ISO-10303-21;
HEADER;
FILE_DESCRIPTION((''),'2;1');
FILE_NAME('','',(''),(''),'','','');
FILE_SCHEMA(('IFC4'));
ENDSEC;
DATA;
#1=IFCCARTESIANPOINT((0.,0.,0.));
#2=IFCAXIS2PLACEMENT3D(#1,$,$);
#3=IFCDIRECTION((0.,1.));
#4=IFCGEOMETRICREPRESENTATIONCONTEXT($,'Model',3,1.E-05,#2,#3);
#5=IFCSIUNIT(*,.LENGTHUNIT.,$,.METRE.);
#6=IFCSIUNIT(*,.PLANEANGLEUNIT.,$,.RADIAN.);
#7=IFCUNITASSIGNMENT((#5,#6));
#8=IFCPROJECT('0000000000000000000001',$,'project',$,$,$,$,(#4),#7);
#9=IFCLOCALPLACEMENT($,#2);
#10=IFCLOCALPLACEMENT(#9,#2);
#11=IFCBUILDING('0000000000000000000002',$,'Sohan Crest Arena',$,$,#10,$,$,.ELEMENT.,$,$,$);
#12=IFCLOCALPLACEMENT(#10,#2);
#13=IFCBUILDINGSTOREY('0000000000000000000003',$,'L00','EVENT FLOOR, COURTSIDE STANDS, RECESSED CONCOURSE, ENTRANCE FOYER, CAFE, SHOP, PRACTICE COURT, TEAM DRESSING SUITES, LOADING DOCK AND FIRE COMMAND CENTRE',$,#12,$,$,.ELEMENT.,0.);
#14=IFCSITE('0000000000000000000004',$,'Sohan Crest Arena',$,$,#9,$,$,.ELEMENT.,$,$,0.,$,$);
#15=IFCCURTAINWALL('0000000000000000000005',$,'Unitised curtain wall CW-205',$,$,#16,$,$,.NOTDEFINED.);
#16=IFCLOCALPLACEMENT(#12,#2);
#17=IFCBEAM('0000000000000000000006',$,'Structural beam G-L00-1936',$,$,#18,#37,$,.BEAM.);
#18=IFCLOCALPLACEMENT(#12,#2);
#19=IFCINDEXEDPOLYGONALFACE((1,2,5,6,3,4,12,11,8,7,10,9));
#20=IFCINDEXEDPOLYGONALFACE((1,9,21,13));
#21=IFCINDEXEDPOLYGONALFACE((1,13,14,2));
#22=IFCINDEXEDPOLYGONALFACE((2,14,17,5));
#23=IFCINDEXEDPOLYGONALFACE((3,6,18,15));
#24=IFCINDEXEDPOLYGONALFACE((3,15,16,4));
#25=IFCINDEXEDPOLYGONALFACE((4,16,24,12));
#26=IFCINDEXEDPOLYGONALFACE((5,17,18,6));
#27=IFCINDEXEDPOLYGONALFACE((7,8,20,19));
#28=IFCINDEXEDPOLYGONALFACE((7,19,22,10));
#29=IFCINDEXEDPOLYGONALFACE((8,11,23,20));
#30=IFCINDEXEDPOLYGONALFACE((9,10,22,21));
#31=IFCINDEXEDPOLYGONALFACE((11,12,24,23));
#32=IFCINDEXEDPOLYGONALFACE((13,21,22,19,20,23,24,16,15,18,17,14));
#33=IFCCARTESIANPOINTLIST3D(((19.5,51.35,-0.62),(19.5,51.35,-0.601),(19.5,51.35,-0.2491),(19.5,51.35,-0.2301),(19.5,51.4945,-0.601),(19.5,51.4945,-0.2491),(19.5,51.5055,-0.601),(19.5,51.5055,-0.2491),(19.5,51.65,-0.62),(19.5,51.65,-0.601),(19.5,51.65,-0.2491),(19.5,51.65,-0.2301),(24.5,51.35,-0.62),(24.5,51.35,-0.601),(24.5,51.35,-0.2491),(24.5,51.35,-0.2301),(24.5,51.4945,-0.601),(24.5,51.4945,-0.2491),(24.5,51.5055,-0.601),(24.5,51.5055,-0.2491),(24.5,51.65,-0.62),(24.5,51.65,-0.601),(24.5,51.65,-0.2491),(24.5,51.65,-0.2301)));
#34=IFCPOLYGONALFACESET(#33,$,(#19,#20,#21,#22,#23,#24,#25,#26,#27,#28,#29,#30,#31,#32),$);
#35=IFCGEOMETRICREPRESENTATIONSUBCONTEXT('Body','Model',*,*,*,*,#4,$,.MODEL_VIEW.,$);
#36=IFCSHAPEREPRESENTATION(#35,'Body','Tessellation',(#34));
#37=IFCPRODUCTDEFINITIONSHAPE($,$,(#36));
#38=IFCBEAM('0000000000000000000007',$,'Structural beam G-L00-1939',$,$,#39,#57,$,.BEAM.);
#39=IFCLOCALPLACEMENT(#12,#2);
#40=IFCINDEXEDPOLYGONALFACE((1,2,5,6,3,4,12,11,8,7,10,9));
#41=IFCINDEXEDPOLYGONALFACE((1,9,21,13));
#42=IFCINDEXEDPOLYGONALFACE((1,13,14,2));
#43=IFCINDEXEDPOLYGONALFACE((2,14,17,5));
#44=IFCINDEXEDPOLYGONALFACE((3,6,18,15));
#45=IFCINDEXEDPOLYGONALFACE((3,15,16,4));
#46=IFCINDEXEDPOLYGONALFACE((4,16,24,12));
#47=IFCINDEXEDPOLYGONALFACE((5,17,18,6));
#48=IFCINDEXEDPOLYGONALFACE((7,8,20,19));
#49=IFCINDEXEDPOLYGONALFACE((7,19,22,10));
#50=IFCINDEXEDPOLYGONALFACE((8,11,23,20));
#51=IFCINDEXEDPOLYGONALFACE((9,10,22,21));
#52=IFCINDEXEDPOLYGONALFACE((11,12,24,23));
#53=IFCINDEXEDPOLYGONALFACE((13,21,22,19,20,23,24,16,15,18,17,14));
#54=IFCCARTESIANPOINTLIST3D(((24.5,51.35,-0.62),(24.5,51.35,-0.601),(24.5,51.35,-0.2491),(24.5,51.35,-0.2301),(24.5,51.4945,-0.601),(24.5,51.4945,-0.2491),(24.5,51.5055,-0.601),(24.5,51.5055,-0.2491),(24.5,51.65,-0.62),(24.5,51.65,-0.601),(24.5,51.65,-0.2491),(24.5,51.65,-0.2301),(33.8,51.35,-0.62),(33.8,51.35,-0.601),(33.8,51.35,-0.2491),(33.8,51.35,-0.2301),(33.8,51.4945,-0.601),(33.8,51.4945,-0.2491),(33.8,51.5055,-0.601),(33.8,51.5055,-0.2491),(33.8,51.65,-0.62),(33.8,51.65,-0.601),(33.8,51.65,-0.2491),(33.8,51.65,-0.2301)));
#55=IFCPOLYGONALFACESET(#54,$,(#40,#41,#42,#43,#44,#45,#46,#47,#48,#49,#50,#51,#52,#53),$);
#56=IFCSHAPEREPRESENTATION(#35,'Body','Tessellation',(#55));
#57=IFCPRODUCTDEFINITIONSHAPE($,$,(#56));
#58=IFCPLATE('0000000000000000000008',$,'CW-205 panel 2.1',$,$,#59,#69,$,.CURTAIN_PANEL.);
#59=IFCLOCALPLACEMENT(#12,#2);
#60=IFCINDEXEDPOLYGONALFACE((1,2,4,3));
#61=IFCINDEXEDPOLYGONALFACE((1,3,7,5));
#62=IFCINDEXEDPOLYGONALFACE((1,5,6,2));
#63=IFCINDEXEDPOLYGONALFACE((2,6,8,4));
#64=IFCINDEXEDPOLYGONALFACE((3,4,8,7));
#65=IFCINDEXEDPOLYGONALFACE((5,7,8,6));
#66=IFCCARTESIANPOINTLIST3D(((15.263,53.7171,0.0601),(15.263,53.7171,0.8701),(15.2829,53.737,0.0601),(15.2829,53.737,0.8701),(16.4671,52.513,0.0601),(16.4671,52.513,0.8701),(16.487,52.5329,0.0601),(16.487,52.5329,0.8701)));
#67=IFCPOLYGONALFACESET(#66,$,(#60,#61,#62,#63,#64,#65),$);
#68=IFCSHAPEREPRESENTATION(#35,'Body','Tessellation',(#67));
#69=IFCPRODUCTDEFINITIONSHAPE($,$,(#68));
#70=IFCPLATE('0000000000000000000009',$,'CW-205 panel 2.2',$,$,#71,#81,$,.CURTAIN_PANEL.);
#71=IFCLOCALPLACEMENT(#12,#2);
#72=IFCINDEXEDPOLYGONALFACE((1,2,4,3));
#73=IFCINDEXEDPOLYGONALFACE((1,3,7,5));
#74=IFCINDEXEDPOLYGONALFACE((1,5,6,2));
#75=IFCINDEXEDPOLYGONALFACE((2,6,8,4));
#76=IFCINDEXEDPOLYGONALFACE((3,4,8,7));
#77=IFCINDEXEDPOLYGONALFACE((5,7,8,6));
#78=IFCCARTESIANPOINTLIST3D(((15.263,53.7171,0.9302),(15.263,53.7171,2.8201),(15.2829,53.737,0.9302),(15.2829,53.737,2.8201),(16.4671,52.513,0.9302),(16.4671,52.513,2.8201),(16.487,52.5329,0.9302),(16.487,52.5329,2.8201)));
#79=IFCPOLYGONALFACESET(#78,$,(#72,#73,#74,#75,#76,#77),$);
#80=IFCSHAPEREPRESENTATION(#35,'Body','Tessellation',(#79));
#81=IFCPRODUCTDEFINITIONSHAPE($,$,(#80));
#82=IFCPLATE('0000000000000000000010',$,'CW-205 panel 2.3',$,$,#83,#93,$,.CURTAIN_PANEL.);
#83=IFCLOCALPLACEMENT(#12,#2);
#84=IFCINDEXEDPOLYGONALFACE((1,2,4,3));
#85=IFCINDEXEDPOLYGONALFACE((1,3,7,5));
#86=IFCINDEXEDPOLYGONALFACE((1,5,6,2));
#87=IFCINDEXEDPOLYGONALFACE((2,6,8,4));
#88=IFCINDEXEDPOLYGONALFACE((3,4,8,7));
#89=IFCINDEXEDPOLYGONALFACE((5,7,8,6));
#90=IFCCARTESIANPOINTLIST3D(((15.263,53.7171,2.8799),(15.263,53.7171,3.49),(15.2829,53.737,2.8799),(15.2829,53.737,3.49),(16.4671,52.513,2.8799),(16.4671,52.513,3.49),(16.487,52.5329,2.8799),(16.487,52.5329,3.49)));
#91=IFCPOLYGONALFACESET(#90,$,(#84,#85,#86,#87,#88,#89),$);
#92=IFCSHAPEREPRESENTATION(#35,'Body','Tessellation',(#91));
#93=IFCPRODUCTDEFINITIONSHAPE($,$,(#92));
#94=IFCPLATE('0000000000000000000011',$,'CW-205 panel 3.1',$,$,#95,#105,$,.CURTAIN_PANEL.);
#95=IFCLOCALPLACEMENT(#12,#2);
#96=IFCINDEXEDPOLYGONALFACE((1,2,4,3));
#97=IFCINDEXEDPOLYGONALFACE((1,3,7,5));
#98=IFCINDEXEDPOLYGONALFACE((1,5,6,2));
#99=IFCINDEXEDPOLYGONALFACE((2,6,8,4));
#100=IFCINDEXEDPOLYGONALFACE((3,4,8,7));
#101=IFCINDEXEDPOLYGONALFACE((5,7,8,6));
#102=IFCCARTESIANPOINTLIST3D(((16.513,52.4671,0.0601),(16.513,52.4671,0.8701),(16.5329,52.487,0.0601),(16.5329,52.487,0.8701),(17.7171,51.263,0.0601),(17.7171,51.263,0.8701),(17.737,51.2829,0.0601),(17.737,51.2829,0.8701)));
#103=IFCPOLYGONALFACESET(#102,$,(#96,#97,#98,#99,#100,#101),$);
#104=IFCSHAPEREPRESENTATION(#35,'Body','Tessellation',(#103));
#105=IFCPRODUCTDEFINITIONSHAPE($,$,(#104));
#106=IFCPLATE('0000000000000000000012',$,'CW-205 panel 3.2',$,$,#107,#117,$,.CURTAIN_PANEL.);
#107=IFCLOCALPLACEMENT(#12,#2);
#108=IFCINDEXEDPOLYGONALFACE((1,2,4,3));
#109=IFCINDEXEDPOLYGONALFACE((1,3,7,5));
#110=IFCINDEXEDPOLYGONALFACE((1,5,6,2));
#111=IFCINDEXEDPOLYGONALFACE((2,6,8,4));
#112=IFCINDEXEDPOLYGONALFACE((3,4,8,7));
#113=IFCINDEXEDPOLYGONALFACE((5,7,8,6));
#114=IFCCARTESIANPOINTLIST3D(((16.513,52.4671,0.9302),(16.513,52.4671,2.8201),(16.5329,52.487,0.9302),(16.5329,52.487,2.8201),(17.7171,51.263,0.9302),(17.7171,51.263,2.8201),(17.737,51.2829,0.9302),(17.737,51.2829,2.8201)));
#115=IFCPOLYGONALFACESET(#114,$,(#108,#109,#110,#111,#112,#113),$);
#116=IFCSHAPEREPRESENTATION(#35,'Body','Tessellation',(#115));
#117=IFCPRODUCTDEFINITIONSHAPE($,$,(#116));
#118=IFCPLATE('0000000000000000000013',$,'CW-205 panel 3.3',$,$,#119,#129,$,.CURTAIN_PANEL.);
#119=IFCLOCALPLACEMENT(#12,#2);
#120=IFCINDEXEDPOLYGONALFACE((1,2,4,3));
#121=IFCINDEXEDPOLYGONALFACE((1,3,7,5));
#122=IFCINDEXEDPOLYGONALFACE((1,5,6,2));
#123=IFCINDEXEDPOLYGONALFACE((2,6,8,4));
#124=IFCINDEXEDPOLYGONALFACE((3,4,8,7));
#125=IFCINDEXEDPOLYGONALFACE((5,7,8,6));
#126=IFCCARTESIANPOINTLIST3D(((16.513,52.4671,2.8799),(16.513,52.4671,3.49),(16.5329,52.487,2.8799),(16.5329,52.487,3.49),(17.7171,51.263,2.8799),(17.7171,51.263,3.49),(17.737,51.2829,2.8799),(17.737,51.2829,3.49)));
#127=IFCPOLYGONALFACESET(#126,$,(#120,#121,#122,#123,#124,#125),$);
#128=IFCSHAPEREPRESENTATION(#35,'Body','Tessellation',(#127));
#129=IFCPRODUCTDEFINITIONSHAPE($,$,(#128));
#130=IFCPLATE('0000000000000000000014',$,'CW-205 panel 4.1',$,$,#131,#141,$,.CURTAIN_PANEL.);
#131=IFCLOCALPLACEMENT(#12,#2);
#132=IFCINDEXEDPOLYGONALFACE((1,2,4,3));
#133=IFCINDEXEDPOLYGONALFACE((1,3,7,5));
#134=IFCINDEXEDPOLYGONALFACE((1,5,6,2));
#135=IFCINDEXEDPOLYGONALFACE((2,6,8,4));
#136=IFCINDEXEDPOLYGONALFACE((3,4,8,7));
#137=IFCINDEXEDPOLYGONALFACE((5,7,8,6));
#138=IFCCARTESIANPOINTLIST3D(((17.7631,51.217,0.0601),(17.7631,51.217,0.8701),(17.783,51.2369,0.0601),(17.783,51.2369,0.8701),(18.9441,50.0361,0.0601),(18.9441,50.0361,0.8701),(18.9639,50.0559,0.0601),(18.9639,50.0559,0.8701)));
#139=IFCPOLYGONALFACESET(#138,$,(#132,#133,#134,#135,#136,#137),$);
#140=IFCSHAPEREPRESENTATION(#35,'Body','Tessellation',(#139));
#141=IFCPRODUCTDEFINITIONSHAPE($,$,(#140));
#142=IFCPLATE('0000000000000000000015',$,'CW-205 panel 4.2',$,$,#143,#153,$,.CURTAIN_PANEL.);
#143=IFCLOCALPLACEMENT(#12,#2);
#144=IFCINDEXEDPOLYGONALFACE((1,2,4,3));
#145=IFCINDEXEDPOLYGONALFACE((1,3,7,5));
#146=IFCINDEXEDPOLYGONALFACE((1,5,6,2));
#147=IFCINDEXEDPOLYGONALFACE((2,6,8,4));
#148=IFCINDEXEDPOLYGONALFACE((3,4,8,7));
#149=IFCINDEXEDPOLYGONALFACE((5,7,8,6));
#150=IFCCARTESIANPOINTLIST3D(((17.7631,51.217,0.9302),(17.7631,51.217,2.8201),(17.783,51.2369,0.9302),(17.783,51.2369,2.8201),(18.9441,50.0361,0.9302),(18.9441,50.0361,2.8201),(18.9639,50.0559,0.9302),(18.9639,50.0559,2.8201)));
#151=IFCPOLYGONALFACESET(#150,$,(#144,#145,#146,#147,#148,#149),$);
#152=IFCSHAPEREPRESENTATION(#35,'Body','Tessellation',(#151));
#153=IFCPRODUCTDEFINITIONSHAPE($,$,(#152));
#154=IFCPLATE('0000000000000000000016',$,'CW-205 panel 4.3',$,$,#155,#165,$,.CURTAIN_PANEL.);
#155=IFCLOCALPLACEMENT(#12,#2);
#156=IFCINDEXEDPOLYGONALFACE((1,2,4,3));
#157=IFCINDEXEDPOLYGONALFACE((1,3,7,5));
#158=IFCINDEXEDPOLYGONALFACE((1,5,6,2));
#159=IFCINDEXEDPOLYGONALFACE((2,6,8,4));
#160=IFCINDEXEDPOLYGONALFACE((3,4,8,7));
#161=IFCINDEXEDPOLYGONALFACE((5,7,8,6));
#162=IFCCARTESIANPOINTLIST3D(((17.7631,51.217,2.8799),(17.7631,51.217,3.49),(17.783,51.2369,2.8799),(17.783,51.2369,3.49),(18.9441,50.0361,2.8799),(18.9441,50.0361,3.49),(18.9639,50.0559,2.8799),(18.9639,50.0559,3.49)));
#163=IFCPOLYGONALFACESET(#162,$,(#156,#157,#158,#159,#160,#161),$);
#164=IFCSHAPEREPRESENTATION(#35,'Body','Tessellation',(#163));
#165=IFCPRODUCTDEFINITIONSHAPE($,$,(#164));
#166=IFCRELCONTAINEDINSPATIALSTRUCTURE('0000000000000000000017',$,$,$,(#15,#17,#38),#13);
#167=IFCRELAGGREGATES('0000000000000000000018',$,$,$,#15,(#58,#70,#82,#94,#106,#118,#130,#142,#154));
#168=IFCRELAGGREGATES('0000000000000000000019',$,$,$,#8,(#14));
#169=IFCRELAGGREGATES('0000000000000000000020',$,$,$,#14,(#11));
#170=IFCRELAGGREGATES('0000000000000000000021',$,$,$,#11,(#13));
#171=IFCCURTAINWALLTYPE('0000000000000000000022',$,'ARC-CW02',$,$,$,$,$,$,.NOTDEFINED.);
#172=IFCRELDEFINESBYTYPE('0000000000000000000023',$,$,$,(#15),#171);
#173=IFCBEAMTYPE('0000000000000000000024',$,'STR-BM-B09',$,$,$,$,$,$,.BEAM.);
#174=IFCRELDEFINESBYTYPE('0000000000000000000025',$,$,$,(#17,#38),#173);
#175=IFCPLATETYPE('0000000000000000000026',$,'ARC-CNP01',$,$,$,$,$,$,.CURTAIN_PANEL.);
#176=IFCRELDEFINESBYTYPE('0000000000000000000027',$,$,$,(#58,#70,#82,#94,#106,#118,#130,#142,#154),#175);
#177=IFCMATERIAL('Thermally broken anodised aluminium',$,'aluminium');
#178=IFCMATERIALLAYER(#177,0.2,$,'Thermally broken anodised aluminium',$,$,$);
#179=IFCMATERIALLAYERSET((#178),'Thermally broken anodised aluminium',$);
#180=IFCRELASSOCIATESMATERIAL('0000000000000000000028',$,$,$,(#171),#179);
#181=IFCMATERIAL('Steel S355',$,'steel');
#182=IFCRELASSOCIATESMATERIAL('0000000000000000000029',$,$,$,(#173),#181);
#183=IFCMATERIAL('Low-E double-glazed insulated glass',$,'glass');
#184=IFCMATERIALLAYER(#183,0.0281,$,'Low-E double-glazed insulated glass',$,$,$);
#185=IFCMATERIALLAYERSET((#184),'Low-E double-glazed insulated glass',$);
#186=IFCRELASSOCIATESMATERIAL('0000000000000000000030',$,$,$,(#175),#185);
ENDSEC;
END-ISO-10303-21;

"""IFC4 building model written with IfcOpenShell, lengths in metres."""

from ifc_helpers import new_model, si_unit, direction, frame, origin, origin_2d, place, context, subcontext, project, spatial, rectangle, i_section, extrude, material, layer, layer_set, material_profile, profile_set, type_object, element, aggregate, save


model = new_model("IFC4")

# Units and contexts
model_context = context("Model", 3, precision=1e-05, world=origin(), true_north=direction((0.0, 1.0)))
body_context = subcontext(model_context, "Body", "Model", "MODEL_VIEW")
ifc_project = project(units=[si_unit("LENGTHUNIT", "METRE"), si_unit("PLANEANGLEUNIT", "RADIAN")], contexts=[model_context])

# Site, building, storey
site_placement = place(None, origin())
site = spatial("IfcSite", under=ifc_project, at=site_placement, Name="Sohan Crest Arena", CompositionType="ELEMENT", RefElevation=0.0)
building_placement = place(site_placement, origin())
building = spatial("IfcBuilding", under=site, at=building_placement, Name="Sohan Crest Arena", CompositionType="ELEMENT")
storey_placement = place(building_placement, origin())
storey = spatial("IfcBuildingStorey", under=building, at=storey_placement, Name="L00", Description="EVENT FLOOR, COURTSIDE STANDS, RECESSED CONCOURSE, ENTRANCE FOYER, CAFE, SHOP, PRACTICE COURT, TEAM DRESSING SUITES, LOADING DOCK AND FIRE COMMAND CENTRE", CompositionType="ELEMENT", Elevation=0.0)

# Curtain wall
ifc_material_1 = material(Name="Thermally broken anodised aluminium", Category="aluminium")
ifc_layer_1 = layer(ifc_material_1, 0.2, Name="Thermally broken anodised aluminium")
ifc_layer_set_1 = layer_set([ifc_layer_1], Name="Thermally broken anodised aluminium")
curtain_wall_type = type_object("IfcCurtainWallType", Name="ARC-CW02", PredefinedType="NOTDEFINED", material=ifc_layer_set_1)
curtain_wall_placement = place(storey_placement, origin())
curtain_wall = element("IfcCurtainWall", 1, at=curtain_wall_placement, inside=storey, type_object=curtain_wall_type, Name="Unitised curtain wall CW-205", PredefinedType="NOTDEFINED")

# Beams
ifc_material_2 = material(Name="Steel S355", Category="steel")
ifc_material_profile_1 = material_profile(ifc_material_2, i_section(OverallWidth=0.3, OverallDepth=0.3899, WebThickness=0.011, FlangeThickness=0.019, at=origin_2d()), Name="HEA 400")
ifc_profile_set_1 = profile_set([ifc_material_profile_1], Name="Steel S355")
beam_type_1 = type_object("IfcBeamType", Name="STR-BM-B09", PredefinedType="BEAM", material=ifc_profile_set_1)
beam_1_placement = place(storey_placement, frame((19.5, 51.5, -0.425), z_axis=(1.0, 0.0, 0.0), x_axis=(0.0, 1.0, 0.0)))
element("IfcBeam", 2, at=beam_1_placement, inside=storey, type_object=beam_type_1, Name="Structural beam G-L00-1936", PredefinedType="BEAM", context=body_context, shape_type="SweptSolid", body=[
    extrude(i_section(OverallWidth=0.3, OverallDepth=0.3899, WebThickness=0.011, FlangeThickness=0.019, at=origin_2d()), origin(), (0.0, 0.0, 1.0), 5.0),
])
beam_2_placement = place(storey_placement, frame((24.5, 51.5, -0.425), z_axis=(1.0, 0.0, 0.0), x_axis=(0.0, 1.0, 0.0)))
element("IfcBeam", 3, at=beam_2_placement, inside=storey, type_object=beam_type_1, Name="Structural beam G-L00-1939", PredefinedType="BEAM", context=body_context, shape_type="SweptSolid", body=[
    extrude(i_section(OverallWidth=0.3, OverallDepth=0.3899, WebThickness=0.011, FlangeThickness=0.019, at=origin_2d()), origin(), (0.0, 0.0, 1.0), 9.3),
])

# Plates
ifc_material_3 = material(Name="Low-E double-glazed insulated glass", Category="glass")
ifc_layer_2 = layer(ifc_material_3, 0.0281, Name="Low-E double-glazed insulated glass")
ifc_layer_set_2 = layer_set([ifc_layer_2], Name="Low-E double-glazed insulated glass")
plate_type = type_object("IfcPlateType", Name="ARC-CNP01", PredefinedType="CURTAIN_PANEL", material=ifc_layer_set_2)
plate_1_placement = place(storey_placement, frame((15.875, 53.125, 0.0601), z_axis=(0.0, 0.0, 1.0), x_axis=(0.707107, -0.707107, 0.0)))
plate_1 = element("IfcPlate", 4, at=plate_1_placement, type_object=plate_type, Name="CW-205 panel 2.1", PredefinedType="CURTAIN_PANEL", context=body_context, shape_type="SweptSolid", body=[
    extrude(rectangle(XDim=1.7029, YDim=0.0281, at=origin_2d()), origin(), (0.0, 0.0, 1.0), 0.8101),
])
plate_2_placement = place(storey_placement, frame((15.875, 53.125, 0.9302), z_axis=(0.0, 0.0, 1.0), x_axis=(0.707107, -0.707107, 0.0)))
plate_2 = element("IfcPlate", 5, at=plate_2_placement, type_object=plate_type, Name="CW-205 panel 2.2", PredefinedType="CURTAIN_PANEL", context=body_context, shape_type="SweptSolid", body=[
    extrude(rectangle(XDim=1.7029, YDim=0.0281, at=origin_2d()), origin(), (0.0, 0.0, 1.0), 1.8899),
])
plate_3_placement = place(storey_placement, frame((15.875, 53.125, 2.8799), z_axis=(0.0, 0.0, 1.0), x_axis=(0.707107, -0.707107, 0.0)))
plate_3 = element("IfcPlate", 6, at=plate_3_placement, type_object=plate_type, Name="CW-205 panel 2.3", PredefinedType="CURTAIN_PANEL", context=body_context, shape_type="SweptSolid", body=[
    extrude(rectangle(XDim=1.7029, YDim=0.0281, at=origin_2d()), origin(), (0.0, 0.0, 1.0), 0.6101),
])
plate_4_placement = place(storey_placement, frame((17.125, 51.875, 0.0601), z_axis=(0.0, 0.0, 1.0), x_axis=(0.707107, -0.707107, 0.0)))
plate_4 = element("IfcPlate", 7, at=plate_4_placement, type_object=plate_type, Name="CW-205 panel 3.1", PredefinedType="CURTAIN_PANEL", context=body_context, shape_type="SweptSolid", body=[
    extrude(rectangle(XDim=1.7029, YDim=0.0281, at=origin_2d()), origin(), (0.0, 0.0, 1.0), 0.8101),
])
plate_5_placement = place(storey_placement, frame((17.125, 51.875, 0.9302), z_axis=(0.0, 0.0, 1.0), x_axis=(0.707107, -0.707107, 0.0)))
plate_5 = element("IfcPlate", 8, at=plate_5_placement, type_object=plate_type, Name="CW-205 panel 3.2", PredefinedType="CURTAIN_PANEL", context=body_context, shape_type="SweptSolid", body=[
    extrude(rectangle(XDim=1.7029, YDim=0.0281, at=origin_2d()), origin(), (0.0, 0.0, 1.0), 1.8899),
])
plate_6_placement = place(storey_placement, frame((17.125, 51.875, 2.8799), z_axis=(0.0, 0.0, 1.0), x_axis=(0.707107, -0.707107, 0.0)))
plate_6 = element("IfcPlate", 9, at=plate_6_placement, type_object=plate_type, Name="CW-205 panel 3.3", PredefinedType="CURTAIN_PANEL", context=body_context, shape_type="SweptSolid", body=[
    extrude(rectangle(XDim=1.7029, YDim=0.0281, at=origin_2d()), origin(), (0.0, 0.0, 1.0), 0.6101),
])
plate_7_placement = place(storey_placement, frame((18.3635, 50.6365, 0.0601), z_axis=(0.0, 0.0, 1.0), x_axis=(0.707107, -0.707107, 0.0)))
plate_7 = element("IfcPlate", 10, at=plate_7_placement, type_object=plate_type, Name="CW-205 panel 4.1", PredefinedType="CURTAIN_PANEL", context=body_context, shape_type="SweptSolid", body=[
    extrude(rectangle(XDim=1.6702, YDim=0.0281, at=origin_2d()), origin(), (0.0, 0.0, 1.0), 0.8101),
])
plate_8_placement = place(storey_placement, frame((18.3635, 50.6365, 0.9302), z_axis=(0.0, 0.0, 1.0), x_axis=(0.707107, -0.707107, 0.0)))
plate_8 = element("IfcPlate", 11, at=plate_8_placement, type_object=plate_type, Name="CW-205 panel 4.2", PredefinedType="CURTAIN_PANEL", context=body_context, shape_type="SweptSolid", body=[
    extrude(rectangle(XDim=1.6702, YDim=0.0281, at=origin_2d()), origin(), (0.0, 0.0, 1.0), 1.8899),
])
plate_9_placement = place(storey_placement, frame((18.3635, 50.6365, 2.8799), z_axis=(0.0, 0.0, 1.0), x_axis=(0.707107, -0.707107, 0.0)))
plate_9 = element("IfcPlate", 12, at=plate_9_placement, type_object=plate_type, Name="CW-205 panel 4.3", PredefinedType="CURTAIN_PANEL", context=body_context, shape_type="SweptSolid", body=[
    extrude(rectangle(XDim=1.6702, YDim=0.0281, at=origin_2d()), origin(), (0.0, 0.0, 1.0), 0.6101),
])
aggregate(curtain_wall, [plate_1, plate_2, plate_3, plate_4, plate_5, plate_6, plate_7, plate_8, plate_9])

save(model, "model.ifc")
